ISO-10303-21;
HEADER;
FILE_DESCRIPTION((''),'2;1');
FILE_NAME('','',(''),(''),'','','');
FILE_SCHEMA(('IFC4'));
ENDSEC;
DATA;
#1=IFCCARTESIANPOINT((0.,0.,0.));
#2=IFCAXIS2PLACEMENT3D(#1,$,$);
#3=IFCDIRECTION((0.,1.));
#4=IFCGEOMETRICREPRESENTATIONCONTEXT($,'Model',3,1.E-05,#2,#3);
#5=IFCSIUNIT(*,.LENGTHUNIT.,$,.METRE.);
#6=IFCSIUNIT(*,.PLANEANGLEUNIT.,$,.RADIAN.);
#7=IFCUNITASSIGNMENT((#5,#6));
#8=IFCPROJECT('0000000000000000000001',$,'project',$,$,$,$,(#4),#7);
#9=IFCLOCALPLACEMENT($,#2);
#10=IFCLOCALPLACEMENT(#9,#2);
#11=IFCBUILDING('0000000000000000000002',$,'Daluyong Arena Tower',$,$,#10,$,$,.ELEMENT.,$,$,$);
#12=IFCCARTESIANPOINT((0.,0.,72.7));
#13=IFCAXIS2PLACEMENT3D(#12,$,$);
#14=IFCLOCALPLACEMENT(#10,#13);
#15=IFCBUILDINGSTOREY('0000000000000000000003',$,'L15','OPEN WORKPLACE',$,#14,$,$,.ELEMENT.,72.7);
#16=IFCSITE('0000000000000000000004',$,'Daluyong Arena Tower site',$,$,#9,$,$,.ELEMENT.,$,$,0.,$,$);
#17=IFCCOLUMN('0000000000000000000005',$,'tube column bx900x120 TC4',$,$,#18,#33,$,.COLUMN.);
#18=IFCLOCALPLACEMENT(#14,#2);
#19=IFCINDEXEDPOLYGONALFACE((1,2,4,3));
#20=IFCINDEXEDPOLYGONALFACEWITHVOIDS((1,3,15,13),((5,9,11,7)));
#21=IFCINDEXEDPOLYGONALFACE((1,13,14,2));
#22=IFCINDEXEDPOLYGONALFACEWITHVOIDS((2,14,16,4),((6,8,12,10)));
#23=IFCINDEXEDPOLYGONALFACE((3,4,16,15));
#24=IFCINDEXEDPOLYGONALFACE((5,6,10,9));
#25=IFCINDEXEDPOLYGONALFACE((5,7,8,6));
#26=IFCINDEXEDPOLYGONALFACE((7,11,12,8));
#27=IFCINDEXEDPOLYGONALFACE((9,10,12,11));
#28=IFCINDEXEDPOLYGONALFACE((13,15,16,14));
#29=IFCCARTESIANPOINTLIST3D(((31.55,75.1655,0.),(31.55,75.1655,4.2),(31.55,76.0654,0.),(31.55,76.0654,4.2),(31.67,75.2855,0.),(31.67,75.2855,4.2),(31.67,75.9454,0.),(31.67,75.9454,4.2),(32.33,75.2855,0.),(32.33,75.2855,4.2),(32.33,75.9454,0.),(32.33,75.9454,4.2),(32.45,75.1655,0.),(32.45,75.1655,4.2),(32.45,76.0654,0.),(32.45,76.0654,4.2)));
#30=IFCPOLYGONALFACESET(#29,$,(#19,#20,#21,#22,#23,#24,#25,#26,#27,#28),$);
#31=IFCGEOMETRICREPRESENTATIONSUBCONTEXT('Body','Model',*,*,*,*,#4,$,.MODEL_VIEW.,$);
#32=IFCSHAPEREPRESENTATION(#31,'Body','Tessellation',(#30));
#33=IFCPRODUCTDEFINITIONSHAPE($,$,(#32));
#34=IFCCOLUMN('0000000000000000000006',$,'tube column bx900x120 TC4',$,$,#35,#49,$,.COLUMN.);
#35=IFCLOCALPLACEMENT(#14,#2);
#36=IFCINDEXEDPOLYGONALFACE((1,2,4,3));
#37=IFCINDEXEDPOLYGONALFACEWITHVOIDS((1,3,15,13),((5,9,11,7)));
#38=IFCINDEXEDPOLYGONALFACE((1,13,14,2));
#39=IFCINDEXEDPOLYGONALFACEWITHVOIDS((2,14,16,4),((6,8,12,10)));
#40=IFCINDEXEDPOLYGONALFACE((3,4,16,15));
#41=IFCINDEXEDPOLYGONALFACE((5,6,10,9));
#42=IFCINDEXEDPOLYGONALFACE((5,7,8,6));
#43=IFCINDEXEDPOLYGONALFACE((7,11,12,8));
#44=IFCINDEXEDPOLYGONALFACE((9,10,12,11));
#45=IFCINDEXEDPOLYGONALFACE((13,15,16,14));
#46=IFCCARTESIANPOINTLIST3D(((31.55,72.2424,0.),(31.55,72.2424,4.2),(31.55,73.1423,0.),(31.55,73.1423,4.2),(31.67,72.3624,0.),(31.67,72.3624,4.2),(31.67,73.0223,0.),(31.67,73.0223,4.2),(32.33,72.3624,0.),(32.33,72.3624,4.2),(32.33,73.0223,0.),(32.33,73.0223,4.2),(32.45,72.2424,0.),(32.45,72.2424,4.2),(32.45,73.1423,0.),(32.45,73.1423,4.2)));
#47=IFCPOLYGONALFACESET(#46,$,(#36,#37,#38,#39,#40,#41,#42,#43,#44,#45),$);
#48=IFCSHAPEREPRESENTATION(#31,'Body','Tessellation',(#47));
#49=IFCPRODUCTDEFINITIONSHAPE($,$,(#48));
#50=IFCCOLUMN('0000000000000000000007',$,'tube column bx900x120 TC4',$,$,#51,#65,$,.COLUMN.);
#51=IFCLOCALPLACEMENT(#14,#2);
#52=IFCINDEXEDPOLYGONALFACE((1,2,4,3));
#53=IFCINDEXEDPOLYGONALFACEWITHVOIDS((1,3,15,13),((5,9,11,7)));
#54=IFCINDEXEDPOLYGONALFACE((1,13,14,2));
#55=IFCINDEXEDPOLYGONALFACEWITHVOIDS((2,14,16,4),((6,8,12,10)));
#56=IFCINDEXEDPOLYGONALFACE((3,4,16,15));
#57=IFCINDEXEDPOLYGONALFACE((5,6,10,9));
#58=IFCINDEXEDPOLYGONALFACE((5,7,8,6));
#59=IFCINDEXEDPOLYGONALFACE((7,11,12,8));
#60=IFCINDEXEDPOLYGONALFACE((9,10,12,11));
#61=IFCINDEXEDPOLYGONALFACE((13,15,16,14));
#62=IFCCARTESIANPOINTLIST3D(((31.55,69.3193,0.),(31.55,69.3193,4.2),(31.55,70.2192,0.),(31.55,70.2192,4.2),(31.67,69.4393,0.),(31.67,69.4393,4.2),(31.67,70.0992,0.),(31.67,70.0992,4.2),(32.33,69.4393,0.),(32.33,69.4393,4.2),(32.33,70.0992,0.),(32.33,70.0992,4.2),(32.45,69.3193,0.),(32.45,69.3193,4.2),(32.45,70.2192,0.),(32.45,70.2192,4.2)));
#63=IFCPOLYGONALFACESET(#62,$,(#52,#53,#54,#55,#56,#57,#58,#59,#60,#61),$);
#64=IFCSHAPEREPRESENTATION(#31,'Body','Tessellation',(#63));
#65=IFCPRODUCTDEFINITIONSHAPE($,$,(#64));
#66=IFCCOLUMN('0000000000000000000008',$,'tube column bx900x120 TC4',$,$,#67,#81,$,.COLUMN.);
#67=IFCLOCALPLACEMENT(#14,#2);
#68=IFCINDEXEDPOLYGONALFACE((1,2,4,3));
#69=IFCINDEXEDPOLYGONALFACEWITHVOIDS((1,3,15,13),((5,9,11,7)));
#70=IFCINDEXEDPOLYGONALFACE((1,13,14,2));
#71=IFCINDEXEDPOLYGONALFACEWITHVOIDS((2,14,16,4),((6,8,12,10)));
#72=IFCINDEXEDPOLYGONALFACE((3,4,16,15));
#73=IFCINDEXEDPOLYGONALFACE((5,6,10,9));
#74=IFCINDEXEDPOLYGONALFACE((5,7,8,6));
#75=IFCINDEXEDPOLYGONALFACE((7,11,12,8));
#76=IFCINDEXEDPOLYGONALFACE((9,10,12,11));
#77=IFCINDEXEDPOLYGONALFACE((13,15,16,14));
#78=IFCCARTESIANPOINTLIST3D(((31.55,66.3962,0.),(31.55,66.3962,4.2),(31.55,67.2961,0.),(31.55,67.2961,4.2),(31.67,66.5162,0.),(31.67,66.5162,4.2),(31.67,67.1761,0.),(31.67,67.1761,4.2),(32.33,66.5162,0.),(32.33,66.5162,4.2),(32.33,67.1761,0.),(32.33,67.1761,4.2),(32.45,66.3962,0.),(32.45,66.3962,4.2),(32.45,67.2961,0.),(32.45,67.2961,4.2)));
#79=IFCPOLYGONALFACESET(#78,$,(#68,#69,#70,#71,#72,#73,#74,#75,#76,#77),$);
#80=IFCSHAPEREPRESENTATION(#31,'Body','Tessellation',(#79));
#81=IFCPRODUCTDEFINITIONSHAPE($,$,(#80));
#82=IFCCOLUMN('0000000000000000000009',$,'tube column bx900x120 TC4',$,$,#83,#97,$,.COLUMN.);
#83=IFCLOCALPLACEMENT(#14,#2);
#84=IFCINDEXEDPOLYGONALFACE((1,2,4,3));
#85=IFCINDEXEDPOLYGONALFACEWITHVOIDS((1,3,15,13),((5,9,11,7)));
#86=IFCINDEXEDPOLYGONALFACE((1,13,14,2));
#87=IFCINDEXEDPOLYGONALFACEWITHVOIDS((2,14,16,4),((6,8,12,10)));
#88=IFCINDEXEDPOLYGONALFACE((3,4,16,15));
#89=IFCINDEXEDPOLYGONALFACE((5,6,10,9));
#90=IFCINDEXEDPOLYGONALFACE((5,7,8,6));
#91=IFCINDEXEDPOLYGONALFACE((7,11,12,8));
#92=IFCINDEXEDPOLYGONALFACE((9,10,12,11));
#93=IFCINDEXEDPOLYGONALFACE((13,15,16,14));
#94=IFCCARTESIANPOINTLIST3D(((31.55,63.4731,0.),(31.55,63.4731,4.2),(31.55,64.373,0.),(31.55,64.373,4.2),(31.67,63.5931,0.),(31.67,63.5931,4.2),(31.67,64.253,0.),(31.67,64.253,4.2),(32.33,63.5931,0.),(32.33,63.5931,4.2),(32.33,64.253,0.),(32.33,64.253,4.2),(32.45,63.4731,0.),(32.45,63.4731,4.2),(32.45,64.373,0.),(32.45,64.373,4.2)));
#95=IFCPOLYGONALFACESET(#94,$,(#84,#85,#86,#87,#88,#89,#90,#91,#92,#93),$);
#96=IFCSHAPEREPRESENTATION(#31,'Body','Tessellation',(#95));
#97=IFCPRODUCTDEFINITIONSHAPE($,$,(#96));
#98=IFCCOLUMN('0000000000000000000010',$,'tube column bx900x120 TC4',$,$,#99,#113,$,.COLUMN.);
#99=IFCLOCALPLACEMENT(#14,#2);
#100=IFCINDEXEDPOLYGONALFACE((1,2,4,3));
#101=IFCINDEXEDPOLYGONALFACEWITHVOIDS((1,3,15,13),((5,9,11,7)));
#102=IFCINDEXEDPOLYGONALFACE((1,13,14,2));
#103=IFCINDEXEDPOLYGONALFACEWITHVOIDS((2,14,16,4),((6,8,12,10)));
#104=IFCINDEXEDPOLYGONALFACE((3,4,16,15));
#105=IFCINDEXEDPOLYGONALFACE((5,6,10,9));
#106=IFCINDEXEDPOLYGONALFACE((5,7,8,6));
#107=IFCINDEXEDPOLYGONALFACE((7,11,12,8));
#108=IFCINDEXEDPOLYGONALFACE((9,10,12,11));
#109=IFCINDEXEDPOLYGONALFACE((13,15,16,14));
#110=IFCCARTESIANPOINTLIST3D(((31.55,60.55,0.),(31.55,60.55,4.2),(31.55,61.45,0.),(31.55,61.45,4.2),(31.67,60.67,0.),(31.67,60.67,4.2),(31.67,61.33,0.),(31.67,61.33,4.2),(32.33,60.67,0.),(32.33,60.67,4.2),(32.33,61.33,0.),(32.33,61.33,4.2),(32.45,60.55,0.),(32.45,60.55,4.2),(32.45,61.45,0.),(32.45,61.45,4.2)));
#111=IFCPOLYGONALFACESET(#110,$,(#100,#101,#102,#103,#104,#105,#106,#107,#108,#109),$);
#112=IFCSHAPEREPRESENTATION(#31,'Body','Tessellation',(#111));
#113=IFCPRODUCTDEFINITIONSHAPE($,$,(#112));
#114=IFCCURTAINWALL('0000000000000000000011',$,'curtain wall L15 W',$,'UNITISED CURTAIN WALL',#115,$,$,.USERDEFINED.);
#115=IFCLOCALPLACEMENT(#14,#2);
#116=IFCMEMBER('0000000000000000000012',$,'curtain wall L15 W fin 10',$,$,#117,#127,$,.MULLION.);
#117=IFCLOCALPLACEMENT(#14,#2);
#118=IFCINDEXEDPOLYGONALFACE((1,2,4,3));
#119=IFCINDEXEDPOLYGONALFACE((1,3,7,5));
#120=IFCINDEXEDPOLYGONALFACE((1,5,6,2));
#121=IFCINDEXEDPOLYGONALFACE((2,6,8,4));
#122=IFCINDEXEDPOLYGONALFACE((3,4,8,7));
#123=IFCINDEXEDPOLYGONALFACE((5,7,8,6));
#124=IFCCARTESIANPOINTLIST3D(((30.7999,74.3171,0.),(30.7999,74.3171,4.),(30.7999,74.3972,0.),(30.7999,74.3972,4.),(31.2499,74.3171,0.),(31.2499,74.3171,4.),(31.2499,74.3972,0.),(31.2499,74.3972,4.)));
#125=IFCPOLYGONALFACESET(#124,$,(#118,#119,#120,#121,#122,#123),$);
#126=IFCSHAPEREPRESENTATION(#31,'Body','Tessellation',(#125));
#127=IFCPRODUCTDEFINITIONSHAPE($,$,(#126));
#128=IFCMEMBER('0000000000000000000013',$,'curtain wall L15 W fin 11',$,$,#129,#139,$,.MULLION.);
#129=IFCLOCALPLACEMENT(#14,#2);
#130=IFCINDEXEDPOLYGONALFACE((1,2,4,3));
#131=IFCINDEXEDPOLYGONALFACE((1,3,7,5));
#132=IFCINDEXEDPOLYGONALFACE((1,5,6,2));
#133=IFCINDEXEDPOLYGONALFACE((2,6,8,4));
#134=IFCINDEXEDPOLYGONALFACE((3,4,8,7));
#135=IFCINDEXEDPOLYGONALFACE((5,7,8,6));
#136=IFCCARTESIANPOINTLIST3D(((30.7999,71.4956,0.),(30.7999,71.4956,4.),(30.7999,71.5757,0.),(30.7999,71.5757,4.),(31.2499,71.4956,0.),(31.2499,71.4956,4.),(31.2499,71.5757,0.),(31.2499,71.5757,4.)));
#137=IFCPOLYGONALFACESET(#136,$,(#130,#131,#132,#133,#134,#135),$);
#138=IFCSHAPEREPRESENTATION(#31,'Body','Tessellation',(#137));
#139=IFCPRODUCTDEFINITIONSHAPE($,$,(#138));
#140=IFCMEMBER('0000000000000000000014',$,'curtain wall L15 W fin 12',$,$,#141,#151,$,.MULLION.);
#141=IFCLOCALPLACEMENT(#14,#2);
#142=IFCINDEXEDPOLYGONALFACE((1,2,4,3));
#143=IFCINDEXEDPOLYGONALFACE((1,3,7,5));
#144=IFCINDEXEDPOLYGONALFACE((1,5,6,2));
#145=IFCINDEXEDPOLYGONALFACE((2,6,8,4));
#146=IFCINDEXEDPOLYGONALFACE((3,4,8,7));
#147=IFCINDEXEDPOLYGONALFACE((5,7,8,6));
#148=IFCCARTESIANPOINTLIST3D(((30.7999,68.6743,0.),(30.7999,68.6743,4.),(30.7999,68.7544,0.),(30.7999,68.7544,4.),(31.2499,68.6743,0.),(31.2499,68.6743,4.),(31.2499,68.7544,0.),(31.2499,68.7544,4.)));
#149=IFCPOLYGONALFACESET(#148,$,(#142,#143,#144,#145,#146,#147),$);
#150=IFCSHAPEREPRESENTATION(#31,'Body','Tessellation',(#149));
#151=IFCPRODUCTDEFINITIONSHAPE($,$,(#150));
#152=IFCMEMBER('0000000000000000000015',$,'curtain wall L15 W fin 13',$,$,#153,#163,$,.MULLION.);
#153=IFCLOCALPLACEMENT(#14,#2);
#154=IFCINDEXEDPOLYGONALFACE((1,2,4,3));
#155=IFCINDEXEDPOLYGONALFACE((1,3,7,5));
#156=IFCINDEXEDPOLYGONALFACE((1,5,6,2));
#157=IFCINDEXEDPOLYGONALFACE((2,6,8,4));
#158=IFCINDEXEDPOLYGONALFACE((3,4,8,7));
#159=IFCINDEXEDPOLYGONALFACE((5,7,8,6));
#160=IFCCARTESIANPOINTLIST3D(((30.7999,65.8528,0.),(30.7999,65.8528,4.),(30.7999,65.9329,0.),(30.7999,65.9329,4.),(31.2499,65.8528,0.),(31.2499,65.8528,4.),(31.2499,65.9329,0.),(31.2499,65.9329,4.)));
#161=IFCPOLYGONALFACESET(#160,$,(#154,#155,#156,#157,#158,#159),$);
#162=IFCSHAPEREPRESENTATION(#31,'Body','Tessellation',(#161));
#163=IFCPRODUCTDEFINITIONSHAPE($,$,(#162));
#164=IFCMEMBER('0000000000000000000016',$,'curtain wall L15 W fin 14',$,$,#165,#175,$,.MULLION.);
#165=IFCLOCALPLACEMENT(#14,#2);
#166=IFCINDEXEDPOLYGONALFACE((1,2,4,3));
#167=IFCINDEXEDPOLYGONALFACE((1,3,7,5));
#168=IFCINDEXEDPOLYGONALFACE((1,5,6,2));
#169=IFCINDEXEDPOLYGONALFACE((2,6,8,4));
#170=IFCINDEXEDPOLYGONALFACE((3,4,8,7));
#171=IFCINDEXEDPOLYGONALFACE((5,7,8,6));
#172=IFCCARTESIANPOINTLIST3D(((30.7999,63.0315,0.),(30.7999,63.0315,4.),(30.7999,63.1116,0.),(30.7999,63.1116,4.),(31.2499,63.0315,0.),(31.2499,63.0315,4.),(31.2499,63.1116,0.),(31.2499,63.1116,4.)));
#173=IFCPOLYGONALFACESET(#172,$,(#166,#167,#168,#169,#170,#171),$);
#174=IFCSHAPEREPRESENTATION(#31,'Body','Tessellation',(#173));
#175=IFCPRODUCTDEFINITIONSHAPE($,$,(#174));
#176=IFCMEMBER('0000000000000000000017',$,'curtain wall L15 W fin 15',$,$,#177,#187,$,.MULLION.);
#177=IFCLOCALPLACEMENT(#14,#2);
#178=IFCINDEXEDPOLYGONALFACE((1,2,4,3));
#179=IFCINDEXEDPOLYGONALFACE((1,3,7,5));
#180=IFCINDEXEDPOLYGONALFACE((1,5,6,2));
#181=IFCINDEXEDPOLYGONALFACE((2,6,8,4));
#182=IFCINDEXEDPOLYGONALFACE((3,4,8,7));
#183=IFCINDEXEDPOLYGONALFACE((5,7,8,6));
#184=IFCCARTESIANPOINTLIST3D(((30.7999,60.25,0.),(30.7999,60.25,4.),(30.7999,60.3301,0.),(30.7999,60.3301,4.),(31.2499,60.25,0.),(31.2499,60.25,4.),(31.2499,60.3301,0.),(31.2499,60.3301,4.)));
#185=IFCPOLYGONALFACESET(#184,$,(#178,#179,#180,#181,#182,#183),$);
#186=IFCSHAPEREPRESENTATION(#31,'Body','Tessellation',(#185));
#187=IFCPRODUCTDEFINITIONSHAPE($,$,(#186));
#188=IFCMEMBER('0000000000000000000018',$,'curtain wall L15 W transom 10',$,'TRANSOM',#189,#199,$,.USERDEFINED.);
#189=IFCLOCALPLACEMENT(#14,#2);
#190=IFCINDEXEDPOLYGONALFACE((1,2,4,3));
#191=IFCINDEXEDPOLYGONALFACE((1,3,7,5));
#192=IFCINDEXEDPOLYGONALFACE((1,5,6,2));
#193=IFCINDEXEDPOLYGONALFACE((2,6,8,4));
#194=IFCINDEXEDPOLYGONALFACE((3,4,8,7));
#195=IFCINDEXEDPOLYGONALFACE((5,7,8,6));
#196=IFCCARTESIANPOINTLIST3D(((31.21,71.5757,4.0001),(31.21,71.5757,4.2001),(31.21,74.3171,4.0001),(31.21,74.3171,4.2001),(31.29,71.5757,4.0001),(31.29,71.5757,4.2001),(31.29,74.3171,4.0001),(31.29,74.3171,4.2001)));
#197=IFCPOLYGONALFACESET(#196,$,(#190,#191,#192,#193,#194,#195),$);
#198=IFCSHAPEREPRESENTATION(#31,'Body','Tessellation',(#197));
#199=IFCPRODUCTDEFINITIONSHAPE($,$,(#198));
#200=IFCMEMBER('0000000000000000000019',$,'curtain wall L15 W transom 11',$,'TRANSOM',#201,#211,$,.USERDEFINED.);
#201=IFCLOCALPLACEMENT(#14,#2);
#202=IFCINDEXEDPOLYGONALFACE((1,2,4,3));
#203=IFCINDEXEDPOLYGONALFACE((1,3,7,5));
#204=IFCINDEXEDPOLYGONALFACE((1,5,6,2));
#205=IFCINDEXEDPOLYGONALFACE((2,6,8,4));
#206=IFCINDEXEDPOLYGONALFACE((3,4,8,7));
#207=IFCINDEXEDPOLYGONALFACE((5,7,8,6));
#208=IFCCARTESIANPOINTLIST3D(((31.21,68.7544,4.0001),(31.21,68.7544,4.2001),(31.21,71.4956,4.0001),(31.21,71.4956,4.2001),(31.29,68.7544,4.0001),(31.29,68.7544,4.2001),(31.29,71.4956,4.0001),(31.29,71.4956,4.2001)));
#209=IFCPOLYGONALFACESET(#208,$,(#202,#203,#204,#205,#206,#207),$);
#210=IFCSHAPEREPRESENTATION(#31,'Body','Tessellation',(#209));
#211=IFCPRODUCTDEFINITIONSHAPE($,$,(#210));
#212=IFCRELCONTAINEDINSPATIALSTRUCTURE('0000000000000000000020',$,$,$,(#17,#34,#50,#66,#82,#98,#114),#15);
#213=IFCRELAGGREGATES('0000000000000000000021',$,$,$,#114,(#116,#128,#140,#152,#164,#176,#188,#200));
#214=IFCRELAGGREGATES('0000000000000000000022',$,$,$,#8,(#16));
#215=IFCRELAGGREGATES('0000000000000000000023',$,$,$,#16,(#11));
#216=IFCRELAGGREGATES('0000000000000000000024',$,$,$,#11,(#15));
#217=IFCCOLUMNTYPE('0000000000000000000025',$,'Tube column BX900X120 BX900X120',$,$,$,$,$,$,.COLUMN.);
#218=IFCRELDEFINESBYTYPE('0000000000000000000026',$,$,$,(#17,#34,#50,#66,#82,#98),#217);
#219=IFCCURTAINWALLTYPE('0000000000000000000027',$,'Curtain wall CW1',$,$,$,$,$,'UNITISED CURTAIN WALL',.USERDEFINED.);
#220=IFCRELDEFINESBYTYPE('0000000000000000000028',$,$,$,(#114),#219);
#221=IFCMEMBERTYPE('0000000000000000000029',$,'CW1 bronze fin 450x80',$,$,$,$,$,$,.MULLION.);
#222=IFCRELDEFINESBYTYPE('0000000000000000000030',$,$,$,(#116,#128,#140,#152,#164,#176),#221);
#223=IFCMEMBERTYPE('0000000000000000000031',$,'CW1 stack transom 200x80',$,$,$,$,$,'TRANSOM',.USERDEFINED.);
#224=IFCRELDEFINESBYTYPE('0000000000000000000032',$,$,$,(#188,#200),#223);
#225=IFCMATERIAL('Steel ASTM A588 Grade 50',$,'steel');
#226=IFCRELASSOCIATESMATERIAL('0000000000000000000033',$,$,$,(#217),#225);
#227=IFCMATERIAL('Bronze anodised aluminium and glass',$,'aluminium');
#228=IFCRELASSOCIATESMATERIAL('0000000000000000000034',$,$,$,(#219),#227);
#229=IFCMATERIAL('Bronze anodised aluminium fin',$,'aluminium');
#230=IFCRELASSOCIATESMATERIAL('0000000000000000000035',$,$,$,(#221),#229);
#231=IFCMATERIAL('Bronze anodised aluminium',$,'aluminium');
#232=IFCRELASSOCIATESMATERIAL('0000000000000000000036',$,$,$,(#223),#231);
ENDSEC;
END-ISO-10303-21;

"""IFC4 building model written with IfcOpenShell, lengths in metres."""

from ifc_helpers import new_model, si_unit, direction, frame, origin, origin_2d, place, context, subcontext, project, spatial, rectangle, hollow_rectangle, extrude, material, material_profile, profile_set, type_object, element, aggregate, save


model = new_model("IFC4")

# Units and contexts
model_context = context("Model", 3, precision=1e-05, world=origin(), true_north=direction((0.0, 1.0)))
body_context = subcontext(model_context, "Body", "Model", "MODEL_VIEW")
ifc_project = project(units=[si_unit("LENGTHUNIT", "METRE"), si_unit("PLANEANGLEUNIT", "RADIAN")], contexts=[model_context])

# Site, building, storey
site_placement = place(None, origin())
site = spatial("IfcSite", under=ifc_project, at=site_placement, Name="Daluyong Arena Tower site", CompositionType="ELEMENT", RefElevation=0.0)
building_placement = place(site_placement, origin())
building = spatial("IfcBuilding", under=site, at=building_placement, Name="Daluyong Arena Tower", CompositionType="ELEMENT")
storey_placement = place(building_placement, frame((0.0, 0.0, 72.7)))
storey = spatial("IfcBuildingStorey", under=building, at=storey_placement, Name="L15", Description="OPEN WORKPLACE", CompositionType="ELEMENT", Elevation=72.7)

# Columns
ifc_material_1 = material(Name="Steel ASTM A588 Grade 50", Category="steel")
ifc_material_profile_1 = material_profile(ifc_material_1, hollow_rectangle(XDim=0.8999, YDim=0.8999, WallThickness=0.12, at=origin_2d()))
ifc_profile_set_1 = profile_set([ifc_material_profile_1], Name="Steel ASTM A588 Grade 50")
column_type = type_object("IfcColumnType", Name="Tube column BX900X120 BX900X120", PredefinedType="COLUMN", material=ifc_profile_set_1)
for number, where, z_axis, x_axis, name in (
    (1, (32.0, 75.6155, 0.0), (0.0, 0.0, 1.0), (0.0, 1.0, 0.0), "tube column bx900x120 TC4"),
    (2, (32.0, 72.6924, 0.0), (0.0, 0.0, 1.0), (0.0, 1.0, 0.0), "tube column bx900x120 TC4"),
    (3, (32.0, 69.7693, 0.0), (0.0, 0.0, 1.0), (0.0, 1.0, 0.0), "tube column bx900x120 TC4"),
    (4, (32.0, 66.8462, 0.0), (0.0, 0.0, 1.0), (0.0, 1.0, 0.0), "tube column bx900x120 TC4"),
    (5, (32.0, 63.9231, 0.0), (0.0, 0.0, 1.0), (0.0, 1.0, 0.0), "tube column bx900x120 TC4"),
    (6, (32.0, 61.0, 0.0), (0.0, 0.0, 1.0), (1.0, 0.0, 0.0), "tube column bx900x120 TC4"),
):
    element("IfcColumn", number, at=place(storey_placement, frame(where, z_axis=z_axis, x_axis=x_axis)), inside=storey, type_object=column_type, Name=name, PredefinedType="COLUMN", context=body_context, shape_type="SweptSolid", body=[
        extrude(hollow_rectangle(XDim=0.8999, YDim=0.8999, WallThickness=0.12, at=origin_2d()), origin(), (0.0, 0.0, 1.0), 4.2),
    ])

# Curtain wall, members
ifc_material_2 = material(Name="Bronze anodised aluminium and glass", Category="aluminium")
curtain_wall_type_1 = type_object("IfcCurtainWallType", Name="Curtain wall CW1", ElementType="UNITISED CURTAIN WALL", PredefinedType="USERDEFINED", material=ifc_material_2)
curtain_wall_1_placement = place(storey_placement, origin())
curtain_wall_1 = element("IfcCurtainWall", 7, at=curtain_wall_1_placement, inside=storey, type_object=curtain_wall_type_1, Name="curtain wall L15 W", ObjectType="UNITISED CURTAIN WALL", PredefinedType="USERDEFINED")
ifc_material_3 = material(Name="Bronze anodised aluminium fin", Category="aluminium")
ifc_material_profile_2 = material_profile(ifc_material_3, rectangle(XDim=0.45, YDim=0.0801, at=origin_2d()))
ifc_profile_set_2 = profile_set([ifc_material_profile_2], Name="Bronze anodised aluminium fin")
member_type_1 = type_object("IfcMemberType", Name="CW1 bronze fin 450x80", PredefinedType="MULLION", material=ifc_profile_set_2)
member_1_placement = place(storey_placement, frame((31.0249, 74.3572, 0.0), z_axis=(0.0, 0.0, 1.0), x_axis=(1.0, 0.0, 0.0)))
member_1 = element("IfcMember", 8, at=member_1_placement, type_object=member_type_1, Name="curtain wall L15 W fin 10", PredefinedType="MULLION", context=body_context, shape_type="SweptSolid", body=[
    extrude(rectangle(XDim=0.45, YDim=0.0801, at=origin_2d()), origin(), (0.0, 0.0, 1.0), 4.0),
])
member_2_placement = place(storey_placement, frame((31.0249, 71.5356, 0.0), z_axis=(0.0, 0.0, 1.0), x_axis=(1.0, 0.0, 0.0)))
member_2 = element("IfcMember", 9, at=member_2_placement, type_object=member_type_1, Name="curtain wall L15 W fin 11", PredefinedType="MULLION", context=body_context, shape_type="SweptSolid", body=[
    extrude(rectangle(XDim=0.45, YDim=0.0801, at=origin_2d()), origin(), (0.0, 0.0, 1.0), 4.0),
])
member_3_placement = place(storey_placement, frame((31.0249, 68.7144, 0.0), z_axis=(0.0, 0.0, 1.0), x_axis=(1.0, 0.0, 0.0)))
member_3 = element("IfcMember", 10, at=member_3_placement, type_object=member_type_1, Name="curtain wall L15 W fin 12", PredefinedType="MULLION", context=body_context, shape_type="SweptSolid", body=[
    extrude(rectangle(XDim=0.45, YDim=0.0801, at=origin_2d()), origin(), (0.0, 0.0, 1.0), 4.0),
])
member_4_placement = place(storey_placement, frame((31.0249, 65.8928, 0.0), z_axis=(0.0, 0.0, 1.0), x_axis=(1.0, 0.0, 0.0)))
member_4 = element("IfcMember", 11, at=member_4_placement, type_object=member_type_1, Name="curtain wall L15 W fin 13", PredefinedType="MULLION", context=body_context, shape_type="SweptSolid", body=[
    extrude(rectangle(XDim=0.45, YDim=0.0801, at=origin_2d()), origin(), (0.0, 0.0, 1.0), 4.0),
])
member_5_placement = place(storey_placement, frame((31.0249, 63.0715, 0.0), z_axis=(0.0, 0.0, 1.0), x_axis=(1.0, 0.0, 0.0)))
member_5 = element("IfcMember", 12, at=member_5_placement, type_object=member_type_1, Name="curtain wall L15 W fin 14", PredefinedType="MULLION", context=body_context, shape_type="SweptSolid", body=[
    extrude(rectangle(XDim=0.45, YDim=0.0801, at=origin_2d()), origin(), (0.0, 0.0, 1.0), 4.0),
])
member_6_placement = place(storey_placement, frame((31.0249, 60.29, 0.0), z_axis=(0.0, 0.0, 1.0), x_axis=(1.0, 0.0, 0.0)))
member_6 = element("IfcMember", 13, at=member_6_placement, type_object=member_type_1, Name="curtain wall L15 W fin 15", PredefinedType="MULLION", context=body_context, shape_type="SweptSolid", body=[
    extrude(rectangle(XDim=0.45, YDim=0.0801, at=origin_2d()), origin(), (0.0, 0.0, 1.0), 4.0),
])
ifc_material_4 = material(Name="Bronze anodised aluminium", Category="aluminium")
ifc_material_profile_3 = material_profile(ifc_material_4, rectangle(XDim=0.0801, YDim=0.2, at=origin_2d()))
ifc_profile_set_3 = profile_set([ifc_material_profile_3], Name="Bronze anodised aluminium")
member_type_2 = type_object("IfcMemberType", Name="CW1 stack transom 200x80", ElementType="TRANSOM", PredefinedType="USERDEFINED", material=ifc_profile_set_3)
member_7_placement = place(storey_placement, frame((31.25, 74.3171, 4.1001), z_axis=(0.0, -1.0, 0.0), x_axis=(1.0, 0.0, 0.0)))
member_7 = element("IfcMember", 14, at=member_7_placement, type_object=member_type_2, Name="curtain wall L15 W transom 10", ObjectType="TRANSOM", PredefinedType="USERDEFINED", context=body_context, shape_type="SweptSolid", body=[
    extrude(rectangle(XDim=0.0801, YDim=0.2, at=origin_2d()), origin(), (0.0, 0.0, 1.0), 2.7415),
])
member_8_placement = place(storey_placement, frame((31.25, 71.4956, 4.1001), z_axis=(0.0, -1.0, 0.0), x_axis=(1.0, 0.0, 0.0)))
member_8 = element("IfcMember", 15, at=member_8_placement, type_object=member_type_2, Name="curtain wall L15 W transom 11", ObjectType="TRANSOM", PredefinedType="USERDEFINED", context=body_context, shape_type="SweptSolid", body=[
    extrude(rectangle(XDim=0.0801, YDim=0.2, at=origin_2d()), origin(), (0.0, 0.0, 1.0), 2.7412),
])

aggregate(curtain_wall_1, [member_1, member_2, member_3, member_4, member_5, member_6, member_7, member_8])

save(model, "model.ifc")
